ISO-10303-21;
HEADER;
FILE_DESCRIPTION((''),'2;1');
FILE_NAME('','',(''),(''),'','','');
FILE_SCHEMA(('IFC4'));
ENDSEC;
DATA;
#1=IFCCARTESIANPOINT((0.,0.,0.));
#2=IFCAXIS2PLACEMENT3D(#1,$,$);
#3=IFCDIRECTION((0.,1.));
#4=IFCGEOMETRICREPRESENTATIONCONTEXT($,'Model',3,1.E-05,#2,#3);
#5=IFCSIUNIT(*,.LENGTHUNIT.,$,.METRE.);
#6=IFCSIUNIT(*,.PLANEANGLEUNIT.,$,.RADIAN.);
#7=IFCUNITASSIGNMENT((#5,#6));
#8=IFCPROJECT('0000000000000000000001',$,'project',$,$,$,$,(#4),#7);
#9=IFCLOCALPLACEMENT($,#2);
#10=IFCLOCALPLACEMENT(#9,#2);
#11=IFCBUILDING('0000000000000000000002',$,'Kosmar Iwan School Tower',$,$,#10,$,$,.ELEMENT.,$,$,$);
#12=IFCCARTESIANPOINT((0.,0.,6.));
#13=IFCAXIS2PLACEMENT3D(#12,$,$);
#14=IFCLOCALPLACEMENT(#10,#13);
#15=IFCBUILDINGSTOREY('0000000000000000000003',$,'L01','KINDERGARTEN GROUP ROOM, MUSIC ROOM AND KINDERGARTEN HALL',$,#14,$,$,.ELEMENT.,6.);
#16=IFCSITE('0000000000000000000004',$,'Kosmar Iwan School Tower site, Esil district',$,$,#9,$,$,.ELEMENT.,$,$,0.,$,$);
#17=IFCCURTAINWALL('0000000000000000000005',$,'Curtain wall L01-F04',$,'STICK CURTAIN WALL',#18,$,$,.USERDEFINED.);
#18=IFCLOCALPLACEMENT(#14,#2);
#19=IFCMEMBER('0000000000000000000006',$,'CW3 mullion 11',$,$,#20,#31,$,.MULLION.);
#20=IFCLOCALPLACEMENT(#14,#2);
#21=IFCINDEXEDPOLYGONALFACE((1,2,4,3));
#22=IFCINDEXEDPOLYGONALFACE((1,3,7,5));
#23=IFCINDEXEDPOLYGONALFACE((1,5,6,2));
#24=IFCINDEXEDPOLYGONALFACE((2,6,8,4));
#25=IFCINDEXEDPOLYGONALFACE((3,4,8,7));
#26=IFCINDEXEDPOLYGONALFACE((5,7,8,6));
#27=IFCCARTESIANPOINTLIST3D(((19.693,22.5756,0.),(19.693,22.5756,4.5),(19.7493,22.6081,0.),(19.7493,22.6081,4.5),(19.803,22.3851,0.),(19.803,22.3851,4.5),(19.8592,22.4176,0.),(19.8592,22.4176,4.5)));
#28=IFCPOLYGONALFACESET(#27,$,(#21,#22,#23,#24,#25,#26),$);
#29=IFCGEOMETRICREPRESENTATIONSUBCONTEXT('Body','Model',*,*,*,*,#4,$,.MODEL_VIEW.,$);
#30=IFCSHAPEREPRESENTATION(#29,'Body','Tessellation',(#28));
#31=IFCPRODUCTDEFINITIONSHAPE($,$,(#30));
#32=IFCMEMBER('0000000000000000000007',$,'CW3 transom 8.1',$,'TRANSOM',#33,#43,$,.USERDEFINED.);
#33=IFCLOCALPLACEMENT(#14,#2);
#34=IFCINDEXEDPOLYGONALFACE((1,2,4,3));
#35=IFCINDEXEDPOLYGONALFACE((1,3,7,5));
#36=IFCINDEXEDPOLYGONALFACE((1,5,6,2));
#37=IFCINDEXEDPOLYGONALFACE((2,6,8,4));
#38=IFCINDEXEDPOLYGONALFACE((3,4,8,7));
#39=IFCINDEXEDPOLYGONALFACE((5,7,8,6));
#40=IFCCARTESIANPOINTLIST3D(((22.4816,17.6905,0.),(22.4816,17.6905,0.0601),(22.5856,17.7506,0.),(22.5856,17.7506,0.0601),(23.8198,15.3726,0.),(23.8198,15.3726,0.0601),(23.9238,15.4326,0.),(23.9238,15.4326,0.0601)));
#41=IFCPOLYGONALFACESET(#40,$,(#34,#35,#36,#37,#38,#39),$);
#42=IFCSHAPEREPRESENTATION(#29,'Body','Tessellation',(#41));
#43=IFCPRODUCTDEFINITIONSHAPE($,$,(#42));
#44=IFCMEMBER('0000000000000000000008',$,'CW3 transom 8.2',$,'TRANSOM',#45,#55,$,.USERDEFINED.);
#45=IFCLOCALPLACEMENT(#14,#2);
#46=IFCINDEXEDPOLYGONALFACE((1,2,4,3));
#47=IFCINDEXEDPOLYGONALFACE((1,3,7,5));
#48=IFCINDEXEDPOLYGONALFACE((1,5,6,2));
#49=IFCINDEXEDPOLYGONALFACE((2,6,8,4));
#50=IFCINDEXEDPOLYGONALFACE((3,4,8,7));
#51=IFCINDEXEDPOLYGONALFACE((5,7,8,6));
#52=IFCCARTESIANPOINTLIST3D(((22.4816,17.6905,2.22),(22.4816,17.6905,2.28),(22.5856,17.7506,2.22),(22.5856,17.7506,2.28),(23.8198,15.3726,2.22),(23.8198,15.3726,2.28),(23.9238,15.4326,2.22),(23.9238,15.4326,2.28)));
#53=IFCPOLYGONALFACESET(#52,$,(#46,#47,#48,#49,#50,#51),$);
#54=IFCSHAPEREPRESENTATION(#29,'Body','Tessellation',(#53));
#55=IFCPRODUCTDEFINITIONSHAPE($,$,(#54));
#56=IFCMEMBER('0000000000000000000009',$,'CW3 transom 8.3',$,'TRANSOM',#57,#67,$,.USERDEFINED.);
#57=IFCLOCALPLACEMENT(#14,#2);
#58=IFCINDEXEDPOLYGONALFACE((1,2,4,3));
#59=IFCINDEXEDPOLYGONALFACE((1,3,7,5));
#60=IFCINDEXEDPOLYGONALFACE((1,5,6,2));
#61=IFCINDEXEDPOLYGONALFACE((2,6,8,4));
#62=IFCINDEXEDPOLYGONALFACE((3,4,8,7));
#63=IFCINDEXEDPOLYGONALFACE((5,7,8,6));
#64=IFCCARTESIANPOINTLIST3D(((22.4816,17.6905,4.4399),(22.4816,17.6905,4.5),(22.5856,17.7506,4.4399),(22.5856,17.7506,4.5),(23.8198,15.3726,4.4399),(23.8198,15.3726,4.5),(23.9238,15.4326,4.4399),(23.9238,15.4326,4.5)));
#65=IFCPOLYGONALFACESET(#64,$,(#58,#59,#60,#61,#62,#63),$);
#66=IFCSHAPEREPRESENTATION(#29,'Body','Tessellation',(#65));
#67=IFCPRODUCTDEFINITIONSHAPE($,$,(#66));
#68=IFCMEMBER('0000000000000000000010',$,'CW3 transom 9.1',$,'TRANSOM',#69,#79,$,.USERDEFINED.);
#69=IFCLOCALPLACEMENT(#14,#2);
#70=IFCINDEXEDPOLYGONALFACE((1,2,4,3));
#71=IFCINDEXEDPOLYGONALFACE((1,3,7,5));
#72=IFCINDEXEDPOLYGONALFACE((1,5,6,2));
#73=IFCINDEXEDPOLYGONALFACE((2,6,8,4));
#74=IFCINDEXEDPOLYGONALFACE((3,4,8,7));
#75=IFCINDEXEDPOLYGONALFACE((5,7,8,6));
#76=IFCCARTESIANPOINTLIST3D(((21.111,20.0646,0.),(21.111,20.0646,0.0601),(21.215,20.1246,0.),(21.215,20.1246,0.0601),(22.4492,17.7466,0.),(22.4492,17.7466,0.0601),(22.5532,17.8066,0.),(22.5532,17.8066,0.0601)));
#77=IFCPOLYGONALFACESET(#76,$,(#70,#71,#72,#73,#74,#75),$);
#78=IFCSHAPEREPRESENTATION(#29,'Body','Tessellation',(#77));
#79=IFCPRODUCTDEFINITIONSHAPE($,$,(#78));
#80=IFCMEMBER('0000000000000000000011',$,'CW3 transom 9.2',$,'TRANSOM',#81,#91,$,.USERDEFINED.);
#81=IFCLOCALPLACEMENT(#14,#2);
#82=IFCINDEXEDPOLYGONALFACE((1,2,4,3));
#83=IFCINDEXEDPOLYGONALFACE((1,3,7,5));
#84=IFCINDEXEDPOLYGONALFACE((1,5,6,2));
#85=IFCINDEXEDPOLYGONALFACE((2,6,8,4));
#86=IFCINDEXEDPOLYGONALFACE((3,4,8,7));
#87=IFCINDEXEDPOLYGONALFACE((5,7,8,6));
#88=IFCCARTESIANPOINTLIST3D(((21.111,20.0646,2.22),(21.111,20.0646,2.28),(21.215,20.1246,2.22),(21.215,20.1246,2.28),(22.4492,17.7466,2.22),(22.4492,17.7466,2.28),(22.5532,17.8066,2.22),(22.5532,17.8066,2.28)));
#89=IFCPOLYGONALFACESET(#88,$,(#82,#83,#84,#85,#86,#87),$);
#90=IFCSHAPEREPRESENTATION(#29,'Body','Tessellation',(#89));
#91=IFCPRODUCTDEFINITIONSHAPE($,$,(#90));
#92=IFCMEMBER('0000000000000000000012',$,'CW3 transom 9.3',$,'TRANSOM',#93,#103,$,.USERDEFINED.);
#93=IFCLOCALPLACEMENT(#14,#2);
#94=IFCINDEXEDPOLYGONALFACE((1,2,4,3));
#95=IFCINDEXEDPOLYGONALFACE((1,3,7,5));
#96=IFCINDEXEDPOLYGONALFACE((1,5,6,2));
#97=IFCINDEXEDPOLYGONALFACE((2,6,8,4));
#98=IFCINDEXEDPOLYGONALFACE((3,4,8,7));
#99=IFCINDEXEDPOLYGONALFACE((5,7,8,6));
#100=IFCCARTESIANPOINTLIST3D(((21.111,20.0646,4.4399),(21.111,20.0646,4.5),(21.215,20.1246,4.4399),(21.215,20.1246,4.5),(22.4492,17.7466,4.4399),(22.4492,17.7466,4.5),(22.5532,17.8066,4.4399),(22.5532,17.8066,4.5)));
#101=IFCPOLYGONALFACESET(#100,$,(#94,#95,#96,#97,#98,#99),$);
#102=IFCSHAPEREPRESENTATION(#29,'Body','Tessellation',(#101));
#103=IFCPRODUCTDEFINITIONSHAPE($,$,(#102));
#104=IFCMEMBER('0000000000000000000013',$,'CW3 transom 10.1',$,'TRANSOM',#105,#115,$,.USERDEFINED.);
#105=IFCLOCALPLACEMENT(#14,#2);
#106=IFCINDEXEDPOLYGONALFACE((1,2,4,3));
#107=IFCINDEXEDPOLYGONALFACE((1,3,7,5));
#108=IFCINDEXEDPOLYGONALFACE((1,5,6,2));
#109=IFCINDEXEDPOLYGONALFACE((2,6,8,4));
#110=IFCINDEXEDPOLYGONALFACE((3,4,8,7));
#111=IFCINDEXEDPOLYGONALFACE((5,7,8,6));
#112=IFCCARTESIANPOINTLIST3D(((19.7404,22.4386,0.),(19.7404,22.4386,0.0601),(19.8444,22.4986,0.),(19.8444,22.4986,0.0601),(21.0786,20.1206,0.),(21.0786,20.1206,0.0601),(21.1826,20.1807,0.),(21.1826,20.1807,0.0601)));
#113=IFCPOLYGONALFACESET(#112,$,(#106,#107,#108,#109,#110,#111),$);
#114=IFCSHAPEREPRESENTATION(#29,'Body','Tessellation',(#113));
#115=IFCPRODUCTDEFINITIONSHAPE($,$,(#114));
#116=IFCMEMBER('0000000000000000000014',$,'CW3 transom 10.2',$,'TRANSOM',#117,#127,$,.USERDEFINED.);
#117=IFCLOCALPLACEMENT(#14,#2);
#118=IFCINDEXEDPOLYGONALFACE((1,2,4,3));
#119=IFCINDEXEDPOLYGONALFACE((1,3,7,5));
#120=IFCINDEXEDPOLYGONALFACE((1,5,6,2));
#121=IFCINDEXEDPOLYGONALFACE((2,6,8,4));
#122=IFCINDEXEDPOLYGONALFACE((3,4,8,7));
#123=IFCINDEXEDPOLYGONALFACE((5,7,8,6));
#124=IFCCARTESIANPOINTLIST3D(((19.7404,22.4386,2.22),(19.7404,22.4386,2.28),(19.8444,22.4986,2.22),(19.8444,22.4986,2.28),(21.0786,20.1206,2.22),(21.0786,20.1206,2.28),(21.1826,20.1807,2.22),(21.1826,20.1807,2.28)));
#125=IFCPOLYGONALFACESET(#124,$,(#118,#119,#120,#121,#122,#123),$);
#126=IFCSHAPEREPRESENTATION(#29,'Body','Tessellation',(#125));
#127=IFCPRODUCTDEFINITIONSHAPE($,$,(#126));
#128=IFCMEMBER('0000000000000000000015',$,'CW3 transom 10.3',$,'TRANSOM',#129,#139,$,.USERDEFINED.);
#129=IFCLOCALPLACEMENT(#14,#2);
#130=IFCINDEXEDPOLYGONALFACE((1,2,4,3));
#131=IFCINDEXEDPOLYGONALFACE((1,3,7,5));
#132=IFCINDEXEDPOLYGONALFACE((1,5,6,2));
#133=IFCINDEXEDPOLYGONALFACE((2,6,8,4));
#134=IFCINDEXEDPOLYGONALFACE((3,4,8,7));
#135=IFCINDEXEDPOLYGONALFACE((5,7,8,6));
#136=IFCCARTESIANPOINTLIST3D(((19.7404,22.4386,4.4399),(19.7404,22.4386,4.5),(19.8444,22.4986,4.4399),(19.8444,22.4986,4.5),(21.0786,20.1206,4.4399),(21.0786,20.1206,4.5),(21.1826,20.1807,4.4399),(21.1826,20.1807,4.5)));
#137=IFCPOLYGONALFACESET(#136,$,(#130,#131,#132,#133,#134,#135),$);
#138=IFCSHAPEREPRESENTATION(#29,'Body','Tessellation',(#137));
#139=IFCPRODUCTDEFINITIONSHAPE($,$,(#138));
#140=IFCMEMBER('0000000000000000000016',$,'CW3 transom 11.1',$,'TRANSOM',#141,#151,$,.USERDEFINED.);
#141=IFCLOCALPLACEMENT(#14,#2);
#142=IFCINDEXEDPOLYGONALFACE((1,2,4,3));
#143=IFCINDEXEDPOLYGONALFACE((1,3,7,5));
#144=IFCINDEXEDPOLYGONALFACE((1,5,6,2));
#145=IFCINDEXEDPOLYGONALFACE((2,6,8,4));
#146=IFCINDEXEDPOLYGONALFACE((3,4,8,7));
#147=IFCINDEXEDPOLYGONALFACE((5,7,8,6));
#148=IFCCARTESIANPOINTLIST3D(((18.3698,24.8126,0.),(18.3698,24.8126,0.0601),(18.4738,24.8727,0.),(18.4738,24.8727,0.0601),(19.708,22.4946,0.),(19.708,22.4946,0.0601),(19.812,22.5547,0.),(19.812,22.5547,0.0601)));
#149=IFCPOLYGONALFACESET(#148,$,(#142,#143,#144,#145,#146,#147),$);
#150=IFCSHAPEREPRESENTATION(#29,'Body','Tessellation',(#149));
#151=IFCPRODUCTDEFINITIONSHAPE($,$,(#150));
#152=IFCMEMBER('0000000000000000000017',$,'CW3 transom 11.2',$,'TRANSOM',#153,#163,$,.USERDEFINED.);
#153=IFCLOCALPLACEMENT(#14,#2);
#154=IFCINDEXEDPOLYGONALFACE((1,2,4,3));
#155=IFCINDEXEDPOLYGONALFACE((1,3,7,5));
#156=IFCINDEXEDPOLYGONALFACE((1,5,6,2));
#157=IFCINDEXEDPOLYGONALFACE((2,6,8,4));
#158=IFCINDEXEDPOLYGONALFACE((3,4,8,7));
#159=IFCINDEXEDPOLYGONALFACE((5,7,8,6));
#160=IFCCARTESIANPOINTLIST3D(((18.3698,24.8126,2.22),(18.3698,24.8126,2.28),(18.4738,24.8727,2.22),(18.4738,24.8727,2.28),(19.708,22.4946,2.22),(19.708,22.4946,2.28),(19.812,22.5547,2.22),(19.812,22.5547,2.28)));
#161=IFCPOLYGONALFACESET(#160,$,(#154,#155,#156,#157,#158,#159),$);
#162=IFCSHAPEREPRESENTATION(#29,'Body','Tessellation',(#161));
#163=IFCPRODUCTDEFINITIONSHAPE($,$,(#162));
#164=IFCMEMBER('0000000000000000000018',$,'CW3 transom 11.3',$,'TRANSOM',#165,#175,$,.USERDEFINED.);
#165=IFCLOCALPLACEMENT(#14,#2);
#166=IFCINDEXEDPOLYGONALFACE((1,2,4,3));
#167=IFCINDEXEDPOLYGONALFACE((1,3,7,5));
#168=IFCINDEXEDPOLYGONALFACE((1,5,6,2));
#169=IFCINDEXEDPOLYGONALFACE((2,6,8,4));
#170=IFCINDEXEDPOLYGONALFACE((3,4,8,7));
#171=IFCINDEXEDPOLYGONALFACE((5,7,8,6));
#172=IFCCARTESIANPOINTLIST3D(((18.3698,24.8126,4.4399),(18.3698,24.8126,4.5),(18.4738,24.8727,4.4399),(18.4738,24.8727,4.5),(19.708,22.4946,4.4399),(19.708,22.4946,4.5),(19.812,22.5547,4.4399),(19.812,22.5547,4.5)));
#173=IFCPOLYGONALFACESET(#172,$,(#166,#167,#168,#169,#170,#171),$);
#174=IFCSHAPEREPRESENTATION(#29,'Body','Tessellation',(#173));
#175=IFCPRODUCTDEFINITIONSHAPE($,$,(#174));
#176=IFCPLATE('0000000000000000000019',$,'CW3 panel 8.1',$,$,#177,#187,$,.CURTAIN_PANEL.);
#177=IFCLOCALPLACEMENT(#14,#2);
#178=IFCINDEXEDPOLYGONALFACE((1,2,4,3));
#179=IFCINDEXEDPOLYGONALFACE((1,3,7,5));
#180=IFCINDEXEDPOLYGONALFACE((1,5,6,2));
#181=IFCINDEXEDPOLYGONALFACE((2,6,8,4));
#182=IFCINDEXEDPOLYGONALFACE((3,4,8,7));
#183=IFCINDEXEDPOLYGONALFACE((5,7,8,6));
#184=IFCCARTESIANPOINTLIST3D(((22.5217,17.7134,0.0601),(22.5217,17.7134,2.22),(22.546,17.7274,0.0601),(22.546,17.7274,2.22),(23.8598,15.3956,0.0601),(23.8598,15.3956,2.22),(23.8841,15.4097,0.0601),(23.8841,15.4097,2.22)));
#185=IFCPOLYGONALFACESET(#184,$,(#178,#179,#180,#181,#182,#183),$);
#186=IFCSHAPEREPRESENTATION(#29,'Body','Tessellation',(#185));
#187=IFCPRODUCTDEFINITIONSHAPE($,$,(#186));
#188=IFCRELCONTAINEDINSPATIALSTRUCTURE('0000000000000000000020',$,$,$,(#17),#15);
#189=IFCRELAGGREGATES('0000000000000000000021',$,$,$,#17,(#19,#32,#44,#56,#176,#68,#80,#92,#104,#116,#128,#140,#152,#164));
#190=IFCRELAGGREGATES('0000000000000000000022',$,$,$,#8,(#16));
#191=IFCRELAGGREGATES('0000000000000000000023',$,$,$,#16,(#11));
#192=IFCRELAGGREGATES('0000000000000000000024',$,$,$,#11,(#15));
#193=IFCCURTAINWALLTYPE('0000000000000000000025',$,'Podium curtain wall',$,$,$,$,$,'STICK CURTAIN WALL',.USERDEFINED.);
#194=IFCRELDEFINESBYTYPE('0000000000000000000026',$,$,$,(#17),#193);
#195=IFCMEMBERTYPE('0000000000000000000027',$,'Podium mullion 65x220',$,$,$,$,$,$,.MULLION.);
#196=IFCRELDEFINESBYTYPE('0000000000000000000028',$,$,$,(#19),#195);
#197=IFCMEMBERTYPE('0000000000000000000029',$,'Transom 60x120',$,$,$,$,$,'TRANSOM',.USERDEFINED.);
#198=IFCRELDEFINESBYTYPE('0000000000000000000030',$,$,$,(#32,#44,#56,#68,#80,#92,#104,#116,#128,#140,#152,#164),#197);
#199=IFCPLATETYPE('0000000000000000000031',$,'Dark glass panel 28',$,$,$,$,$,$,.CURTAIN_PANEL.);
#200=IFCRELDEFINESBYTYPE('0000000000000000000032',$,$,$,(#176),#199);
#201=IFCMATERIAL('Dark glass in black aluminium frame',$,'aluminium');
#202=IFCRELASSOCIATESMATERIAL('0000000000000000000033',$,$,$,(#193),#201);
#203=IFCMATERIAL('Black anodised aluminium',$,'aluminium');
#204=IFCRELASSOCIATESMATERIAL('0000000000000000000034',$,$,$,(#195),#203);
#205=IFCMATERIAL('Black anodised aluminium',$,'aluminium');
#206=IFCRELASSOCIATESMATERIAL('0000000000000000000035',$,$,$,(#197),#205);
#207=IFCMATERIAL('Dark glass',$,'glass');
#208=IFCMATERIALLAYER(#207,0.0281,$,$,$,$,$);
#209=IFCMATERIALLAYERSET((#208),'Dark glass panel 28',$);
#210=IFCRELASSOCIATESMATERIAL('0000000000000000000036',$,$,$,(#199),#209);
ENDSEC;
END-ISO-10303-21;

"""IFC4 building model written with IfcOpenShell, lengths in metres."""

from ifc_helpers import new_model, si_unit, direction, frame, origin, origin_2d, place, context, subcontext, project, spatial, rectangle, extrude, material, layer, layer_set, material_profile, profile_set, type_object, element, aggregate, save


model = new_model("IFC4")

# Units and contexts
model_context = context("Model", 3, precision=1e-05, world=origin(), true_north=direction((0.0, 1.0)))
body_context = subcontext(model_context, "Body", "Model", "MODEL_VIEW")
ifc_project = project(units=[si_unit("LENGTHUNIT", "METRE"), si_unit("PLANEANGLEUNIT", "RADIAN")], contexts=[model_context])

# Site, building, storey
site_placement = place(None, origin())
site = spatial("IfcSite", under=ifc_project, at=site_placement, Name="Kosmar Iwan School Tower site, Esil district", CompositionType="ELEMENT", RefElevation=0.0)
building_placement = place(site_placement, origin())
building = spatial("IfcBuilding", under=site, at=building_placement, Name="Kosmar Iwan School Tower", CompositionType="ELEMENT")
storey_placement = place(building_placement, frame((0.0, 0.0, 6.0)))
storey = spatial("IfcBuildingStorey", under=building, at=storey_placement, Name="L01", Description="KINDERGARTEN GROUP ROOM, MUSIC ROOM AND KINDERGARTEN HALL", CompositionType="ELEMENT", Elevation=6.0)

# Curtain wall, members, plate
ifc_material_1 = material(Name="Dark glass in black aluminium frame", Category="aluminium")
curtain_wall_type = type_object("IfcCurtainWallType", Name="Podium curtain wall", ElementType="STICK CURTAIN WALL", PredefinedType="USERDEFINED", material=ifc_material_1)
curtain_wall_placement = place(storey_placement, origin())
curtain_wall = element("IfcCurtainWall", 1, at=curtain_wall_placement, inside=storey, type_object=curtain_wall_type, Name="Curtain wall L01-F04", ObjectType="STICK CURTAIN WALL", PredefinedType="USERDEFINED")
ifc_material_2 = material(Name="Black anodised aluminium", Category="aluminium")
ifc_material_profile_1 = material_profile(ifc_material_2, rectangle(XDim=0.0649, YDim=0.22, at=origin_2d()), Name="MULLION 65x220")
ifc_profile_set_1 = profile_set([ifc_material_profile_1], Name="Black anodised aluminium")
member_type_1 = type_object("IfcMemberType", Name="Podium mullion 65x220", PredefinedType="MULLION", material=ifc_profile_set_1)
member_1_placement = place(storey_placement, frame((19.7761, 22.4966, 0.0), z_axis=(0.0, 0.0, 1.0), x_axis=(-0.866025, -0.5, 0.0)))
member_1 = element("IfcMember", 2, at=member_1_placement, type_object=member_type_1, Name="CW3 mullion 11", PredefinedType="MULLION", context=body_context, shape_type="SweptSolid", body=[
    extrude(rectangle(XDim=0.0649, YDim=0.22, at=origin_2d()), origin(), (0.0, 0.0, 1.0), 4.5),
])
ifc_material_3 = material(Name="Black anodised aluminium", Category="aluminium")
ifc_material_profile_2 = material_profile(ifc_material_3, rectangle(XDim=0.1201, YDim=0.0601, at=origin_2d()), Name="TRANSOM 60x120")
ifc_profile_set_2 = profile_set([ifc_material_profile_2], Name="Black anodised aluminium")
member_type_2 = type_object("IfcMemberType", Name="Transom 60x120", ElementType="TRANSOM", PredefinedType="USERDEFINED", material=ifc_profile_set_2)
member_2_placement = place(storey_placement, frame((23.8718, 15.4026, 0.03), z_axis=(-0.499975, 0.86604, 0.0), x_axis=(-0.86604, -0.499975, 0.0)))
member_2 = element("IfcMember", 3, at=member_2_placement, type_object=member_type_2, Name="CW3 transom 8.1", ObjectType="TRANSOM", PredefinedType="USERDEFINED", context=body_context, shape_type="SweptSolid", body=[
    extrude(rectangle(XDim=0.1201, YDim=0.0601, at=origin_2d()), origin(), (0.0, 0.0, 1.0), 2.6765),
])
member_3_placement = place(storey_placement, frame((23.8718, 15.4026, 2.25), z_axis=(-0.499975, 0.86604, 0.0), x_axis=(-0.86604, -0.499975, 0.0)))
member_3 = element("IfcMember", 4, at=member_3_placement, type_object=member_type_2, Name="CW3 transom 8.2", ObjectType="TRANSOM", PredefinedType="USERDEFINED", context=body_context, shape_type="SweptSolid", body=[
    extrude(rectangle(XDim=0.1201, YDim=0.0601, at=origin_2d()), origin(), (0.0, 0.0, 1.0), 2.6765),
])
member_4_placement = place(storey_placement, frame((23.8718, 15.4026, 4.47), z_axis=(-0.499975, 0.86604, 0.0), x_axis=(-0.86604, -0.499975, 0.0)))
member_4 = element("IfcMember", 5, at=member_4_placement, type_object=member_type_2, Name="CW3 transom 8.3", ObjectType="TRANSOM", PredefinedType="USERDEFINED", context=body_context, shape_type="SweptSolid", body=[
    extrude(rectangle(XDim=0.1201, YDim=0.0601, at=origin_2d()), origin(), (0.0, 0.0, 1.0), 2.6765),
])
member_5_placement = place(storey_placement, frame((22.5012, 17.7766, 0.03), z_axis=(-0.499975, 0.86604, 0.0), x_axis=(-0.86604, -0.499975, 0.0)))
member_5 = element("IfcMember", 6, at=member_5_placement, type_object=member_type_2, Name="CW3 transom 9.1", ObjectType="TRANSOM", PredefinedType="USERDEFINED", context=body_context, shape_type="SweptSolid", body=[
    extrude(rectangle(XDim=0.1201, YDim=0.0601, at=origin_2d()), origin(), (0.0, 0.0, 1.0), 2.6765),
])
member_6_placement = place(storey_placement, frame((22.5012, 17.7766, 2.25), z_axis=(-0.499975, 0.86604, 0.0), x_axis=(-0.86604, -0.499975, 0.0)))
member_6 = element("IfcMember", 7, at=member_6_placement, type_object=member_type_2, Name="CW3 transom 9.2", ObjectType="TRANSOM", PredefinedType="USERDEFINED", context=body_context, shape_type="SweptSolid", body=[
    extrude(rectangle(XDim=0.1201, YDim=0.0601, at=origin_2d()), origin(), (0.0, 0.0, 1.0), 2.6765),
])
member_7_placement = place(storey_placement, frame((22.5012, 17.7766, 4.47), z_axis=(-0.499975, 0.86604, 0.0), x_axis=(-0.86604, -0.499975, 0.0)))
member_7 = element("IfcMember", 8, at=member_7_placement, type_object=member_type_2, Name="CW3 transom 9.3", ObjectType="TRANSOM", PredefinedType="USERDEFINED", context=body_context, shape_type="SweptSolid", body=[
    extrude(rectangle(XDim=0.1201, YDim=0.0601, at=origin_2d()), origin(), (0.0, 0.0, 1.0), 2.6765),
])
member_8_placement = place(storey_placement, frame((21.1306, 20.1506, 0.03), z_axis=(-0.499975, 0.86604, 0.0), x_axis=(-0.86604, -0.499975, 0.0)))
member_8 = element("IfcMember", 9, at=member_8_placement, type_object=member_type_2, Name="CW3 transom 10.1", ObjectType="TRANSOM", PredefinedType="USERDEFINED", context=body_context, shape_type="SweptSolid", body=[
    extrude(rectangle(XDim=0.1201, YDim=0.0601, at=origin_2d()), origin(), (0.0, 0.0, 1.0), 2.6765),
])
member_9_placement = place(storey_placement, frame((21.1306, 20.1506, 2.25), z_axis=(-0.499975, 0.86604, 0.0), x_axis=(-0.86604, -0.499975, 0.0)))
member_9 = element("IfcMember", 10, at=member_9_placement, type_object=member_type_2, Name="CW3 transom 10.2", ObjectType="TRANSOM", PredefinedType="USERDEFINED", context=body_context, shape_type="SweptSolid", body=[
    extrude(rectangle(XDim=0.1201, YDim=0.0601, at=origin_2d()), origin(), (0.0, 0.0, 1.0), 2.6765),
])
member_10_placement = place(storey_placement, frame((21.1306, 20.1506, 4.47), z_axis=(-0.499975, 0.86604, 0.0), x_axis=(-0.86604, -0.499975, 0.0)))
member_10 = element("IfcMember", 11, at=member_10_placement, type_object=member_type_2, Name="CW3 transom 10.3", ObjectType="TRANSOM", PredefinedType="USERDEFINED", context=body_context, shape_type="SweptSolid", body=[
    extrude(rectangle(XDim=0.1201, YDim=0.0601, at=origin_2d()), origin(), (0.0, 0.0, 1.0), 2.6765),
])
member_11_placement = place(storey_placement, frame((19.76, 22.5247, 0.03), z_axis=(-0.499975, 0.86604, 0.0), x_axis=(-0.86604, -0.499975, 0.0)))
member_11 = element("IfcMember", 12, at=member_11_placement, type_object=member_type_2, Name="CW3 transom 11.1", ObjectType="TRANSOM", PredefinedType="USERDEFINED", context=body_context, shape_type="SweptSolid", body=[
    extrude(rectangle(XDim=0.1201, YDim=0.0601, at=origin_2d()), origin(), (0.0, 0.0, 1.0), 2.6765),
])
member_12_placement = place(storey_placement, frame((19.76, 22.5247, 2.25), z_axis=(-0.499975, 0.86604, 0.0), x_axis=(-0.86604, -0.499975, 0.0)))
member_12 = element("IfcMember", 13, at=member_12_placement, type_object=member_type_2, Name="CW3 transom 11.2", ObjectType="TRANSOM", PredefinedType="USERDEFINED", context=body_context, shape_type="SweptSolid", body=[
    extrude(rectangle(XDim=0.1201, YDim=0.0601, at=origin_2d()), origin(), (0.0, 0.0, 1.0), 2.6765),
])
member_13_placement = place(storey_placement, frame((19.76, 22.5247, 4.47), z_axis=(-0.499975, 0.86604, 0.0), x_axis=(-0.86604, -0.499975, 0.0)))
member_13 = element("IfcMember", 14, at=member_13_placement, type_object=member_type_2, Name="CW3 transom 11.3", ObjectType="TRANSOM", PredefinedType="USERDEFINED", context=body_context, shape_type="SweptSolid", body=[
    extrude(rectangle(XDim=0.1201, YDim=0.0601, at=origin_2d()), origin(), (0.0, 0.0, 1.0), 2.6765),
])
ifc_material_4 = material(Name="Dark glass", Category="glass")
ifc_layer = layer(ifc_material_4, 0.0281)
ifc_layer_set = layer_set([ifc_layer], Name="Dark glass panel 28")
plate_type = type_object("IfcPlateType", Name="Dark glass panel 28", PredefinedType="CURTAIN_PANEL", material=ifc_layer_set)
plate_1_placement = place(storey_placement, frame((23.2029, 16.5615, 0.0601), z_axis=(0.0, 0.0, 1.0), x_axis=(-0.5, 0.866025, 0.0)))
plate_1 = element("IfcPlate", 15, at=plate_1_placement, type_object=plate_type, Name="CW3 panel 8.1", PredefinedType="CURTAIN_PANEL", context=body_context, shape_type="SweptSolid", body=[
    extrude(rectangle(XDim=2.6763, YDim=0.0281, at=origin_2d()), origin(), (0.0, 0.0, 1.0), 2.1599),
])
aggregate(curtain_wall, [member_1, member_2, member_3, member_4, plate_1, member_5, member_6, member_7, member_8, member_9, member_10, member_11, member_12, member_13])

save(model, "model.ifc")
